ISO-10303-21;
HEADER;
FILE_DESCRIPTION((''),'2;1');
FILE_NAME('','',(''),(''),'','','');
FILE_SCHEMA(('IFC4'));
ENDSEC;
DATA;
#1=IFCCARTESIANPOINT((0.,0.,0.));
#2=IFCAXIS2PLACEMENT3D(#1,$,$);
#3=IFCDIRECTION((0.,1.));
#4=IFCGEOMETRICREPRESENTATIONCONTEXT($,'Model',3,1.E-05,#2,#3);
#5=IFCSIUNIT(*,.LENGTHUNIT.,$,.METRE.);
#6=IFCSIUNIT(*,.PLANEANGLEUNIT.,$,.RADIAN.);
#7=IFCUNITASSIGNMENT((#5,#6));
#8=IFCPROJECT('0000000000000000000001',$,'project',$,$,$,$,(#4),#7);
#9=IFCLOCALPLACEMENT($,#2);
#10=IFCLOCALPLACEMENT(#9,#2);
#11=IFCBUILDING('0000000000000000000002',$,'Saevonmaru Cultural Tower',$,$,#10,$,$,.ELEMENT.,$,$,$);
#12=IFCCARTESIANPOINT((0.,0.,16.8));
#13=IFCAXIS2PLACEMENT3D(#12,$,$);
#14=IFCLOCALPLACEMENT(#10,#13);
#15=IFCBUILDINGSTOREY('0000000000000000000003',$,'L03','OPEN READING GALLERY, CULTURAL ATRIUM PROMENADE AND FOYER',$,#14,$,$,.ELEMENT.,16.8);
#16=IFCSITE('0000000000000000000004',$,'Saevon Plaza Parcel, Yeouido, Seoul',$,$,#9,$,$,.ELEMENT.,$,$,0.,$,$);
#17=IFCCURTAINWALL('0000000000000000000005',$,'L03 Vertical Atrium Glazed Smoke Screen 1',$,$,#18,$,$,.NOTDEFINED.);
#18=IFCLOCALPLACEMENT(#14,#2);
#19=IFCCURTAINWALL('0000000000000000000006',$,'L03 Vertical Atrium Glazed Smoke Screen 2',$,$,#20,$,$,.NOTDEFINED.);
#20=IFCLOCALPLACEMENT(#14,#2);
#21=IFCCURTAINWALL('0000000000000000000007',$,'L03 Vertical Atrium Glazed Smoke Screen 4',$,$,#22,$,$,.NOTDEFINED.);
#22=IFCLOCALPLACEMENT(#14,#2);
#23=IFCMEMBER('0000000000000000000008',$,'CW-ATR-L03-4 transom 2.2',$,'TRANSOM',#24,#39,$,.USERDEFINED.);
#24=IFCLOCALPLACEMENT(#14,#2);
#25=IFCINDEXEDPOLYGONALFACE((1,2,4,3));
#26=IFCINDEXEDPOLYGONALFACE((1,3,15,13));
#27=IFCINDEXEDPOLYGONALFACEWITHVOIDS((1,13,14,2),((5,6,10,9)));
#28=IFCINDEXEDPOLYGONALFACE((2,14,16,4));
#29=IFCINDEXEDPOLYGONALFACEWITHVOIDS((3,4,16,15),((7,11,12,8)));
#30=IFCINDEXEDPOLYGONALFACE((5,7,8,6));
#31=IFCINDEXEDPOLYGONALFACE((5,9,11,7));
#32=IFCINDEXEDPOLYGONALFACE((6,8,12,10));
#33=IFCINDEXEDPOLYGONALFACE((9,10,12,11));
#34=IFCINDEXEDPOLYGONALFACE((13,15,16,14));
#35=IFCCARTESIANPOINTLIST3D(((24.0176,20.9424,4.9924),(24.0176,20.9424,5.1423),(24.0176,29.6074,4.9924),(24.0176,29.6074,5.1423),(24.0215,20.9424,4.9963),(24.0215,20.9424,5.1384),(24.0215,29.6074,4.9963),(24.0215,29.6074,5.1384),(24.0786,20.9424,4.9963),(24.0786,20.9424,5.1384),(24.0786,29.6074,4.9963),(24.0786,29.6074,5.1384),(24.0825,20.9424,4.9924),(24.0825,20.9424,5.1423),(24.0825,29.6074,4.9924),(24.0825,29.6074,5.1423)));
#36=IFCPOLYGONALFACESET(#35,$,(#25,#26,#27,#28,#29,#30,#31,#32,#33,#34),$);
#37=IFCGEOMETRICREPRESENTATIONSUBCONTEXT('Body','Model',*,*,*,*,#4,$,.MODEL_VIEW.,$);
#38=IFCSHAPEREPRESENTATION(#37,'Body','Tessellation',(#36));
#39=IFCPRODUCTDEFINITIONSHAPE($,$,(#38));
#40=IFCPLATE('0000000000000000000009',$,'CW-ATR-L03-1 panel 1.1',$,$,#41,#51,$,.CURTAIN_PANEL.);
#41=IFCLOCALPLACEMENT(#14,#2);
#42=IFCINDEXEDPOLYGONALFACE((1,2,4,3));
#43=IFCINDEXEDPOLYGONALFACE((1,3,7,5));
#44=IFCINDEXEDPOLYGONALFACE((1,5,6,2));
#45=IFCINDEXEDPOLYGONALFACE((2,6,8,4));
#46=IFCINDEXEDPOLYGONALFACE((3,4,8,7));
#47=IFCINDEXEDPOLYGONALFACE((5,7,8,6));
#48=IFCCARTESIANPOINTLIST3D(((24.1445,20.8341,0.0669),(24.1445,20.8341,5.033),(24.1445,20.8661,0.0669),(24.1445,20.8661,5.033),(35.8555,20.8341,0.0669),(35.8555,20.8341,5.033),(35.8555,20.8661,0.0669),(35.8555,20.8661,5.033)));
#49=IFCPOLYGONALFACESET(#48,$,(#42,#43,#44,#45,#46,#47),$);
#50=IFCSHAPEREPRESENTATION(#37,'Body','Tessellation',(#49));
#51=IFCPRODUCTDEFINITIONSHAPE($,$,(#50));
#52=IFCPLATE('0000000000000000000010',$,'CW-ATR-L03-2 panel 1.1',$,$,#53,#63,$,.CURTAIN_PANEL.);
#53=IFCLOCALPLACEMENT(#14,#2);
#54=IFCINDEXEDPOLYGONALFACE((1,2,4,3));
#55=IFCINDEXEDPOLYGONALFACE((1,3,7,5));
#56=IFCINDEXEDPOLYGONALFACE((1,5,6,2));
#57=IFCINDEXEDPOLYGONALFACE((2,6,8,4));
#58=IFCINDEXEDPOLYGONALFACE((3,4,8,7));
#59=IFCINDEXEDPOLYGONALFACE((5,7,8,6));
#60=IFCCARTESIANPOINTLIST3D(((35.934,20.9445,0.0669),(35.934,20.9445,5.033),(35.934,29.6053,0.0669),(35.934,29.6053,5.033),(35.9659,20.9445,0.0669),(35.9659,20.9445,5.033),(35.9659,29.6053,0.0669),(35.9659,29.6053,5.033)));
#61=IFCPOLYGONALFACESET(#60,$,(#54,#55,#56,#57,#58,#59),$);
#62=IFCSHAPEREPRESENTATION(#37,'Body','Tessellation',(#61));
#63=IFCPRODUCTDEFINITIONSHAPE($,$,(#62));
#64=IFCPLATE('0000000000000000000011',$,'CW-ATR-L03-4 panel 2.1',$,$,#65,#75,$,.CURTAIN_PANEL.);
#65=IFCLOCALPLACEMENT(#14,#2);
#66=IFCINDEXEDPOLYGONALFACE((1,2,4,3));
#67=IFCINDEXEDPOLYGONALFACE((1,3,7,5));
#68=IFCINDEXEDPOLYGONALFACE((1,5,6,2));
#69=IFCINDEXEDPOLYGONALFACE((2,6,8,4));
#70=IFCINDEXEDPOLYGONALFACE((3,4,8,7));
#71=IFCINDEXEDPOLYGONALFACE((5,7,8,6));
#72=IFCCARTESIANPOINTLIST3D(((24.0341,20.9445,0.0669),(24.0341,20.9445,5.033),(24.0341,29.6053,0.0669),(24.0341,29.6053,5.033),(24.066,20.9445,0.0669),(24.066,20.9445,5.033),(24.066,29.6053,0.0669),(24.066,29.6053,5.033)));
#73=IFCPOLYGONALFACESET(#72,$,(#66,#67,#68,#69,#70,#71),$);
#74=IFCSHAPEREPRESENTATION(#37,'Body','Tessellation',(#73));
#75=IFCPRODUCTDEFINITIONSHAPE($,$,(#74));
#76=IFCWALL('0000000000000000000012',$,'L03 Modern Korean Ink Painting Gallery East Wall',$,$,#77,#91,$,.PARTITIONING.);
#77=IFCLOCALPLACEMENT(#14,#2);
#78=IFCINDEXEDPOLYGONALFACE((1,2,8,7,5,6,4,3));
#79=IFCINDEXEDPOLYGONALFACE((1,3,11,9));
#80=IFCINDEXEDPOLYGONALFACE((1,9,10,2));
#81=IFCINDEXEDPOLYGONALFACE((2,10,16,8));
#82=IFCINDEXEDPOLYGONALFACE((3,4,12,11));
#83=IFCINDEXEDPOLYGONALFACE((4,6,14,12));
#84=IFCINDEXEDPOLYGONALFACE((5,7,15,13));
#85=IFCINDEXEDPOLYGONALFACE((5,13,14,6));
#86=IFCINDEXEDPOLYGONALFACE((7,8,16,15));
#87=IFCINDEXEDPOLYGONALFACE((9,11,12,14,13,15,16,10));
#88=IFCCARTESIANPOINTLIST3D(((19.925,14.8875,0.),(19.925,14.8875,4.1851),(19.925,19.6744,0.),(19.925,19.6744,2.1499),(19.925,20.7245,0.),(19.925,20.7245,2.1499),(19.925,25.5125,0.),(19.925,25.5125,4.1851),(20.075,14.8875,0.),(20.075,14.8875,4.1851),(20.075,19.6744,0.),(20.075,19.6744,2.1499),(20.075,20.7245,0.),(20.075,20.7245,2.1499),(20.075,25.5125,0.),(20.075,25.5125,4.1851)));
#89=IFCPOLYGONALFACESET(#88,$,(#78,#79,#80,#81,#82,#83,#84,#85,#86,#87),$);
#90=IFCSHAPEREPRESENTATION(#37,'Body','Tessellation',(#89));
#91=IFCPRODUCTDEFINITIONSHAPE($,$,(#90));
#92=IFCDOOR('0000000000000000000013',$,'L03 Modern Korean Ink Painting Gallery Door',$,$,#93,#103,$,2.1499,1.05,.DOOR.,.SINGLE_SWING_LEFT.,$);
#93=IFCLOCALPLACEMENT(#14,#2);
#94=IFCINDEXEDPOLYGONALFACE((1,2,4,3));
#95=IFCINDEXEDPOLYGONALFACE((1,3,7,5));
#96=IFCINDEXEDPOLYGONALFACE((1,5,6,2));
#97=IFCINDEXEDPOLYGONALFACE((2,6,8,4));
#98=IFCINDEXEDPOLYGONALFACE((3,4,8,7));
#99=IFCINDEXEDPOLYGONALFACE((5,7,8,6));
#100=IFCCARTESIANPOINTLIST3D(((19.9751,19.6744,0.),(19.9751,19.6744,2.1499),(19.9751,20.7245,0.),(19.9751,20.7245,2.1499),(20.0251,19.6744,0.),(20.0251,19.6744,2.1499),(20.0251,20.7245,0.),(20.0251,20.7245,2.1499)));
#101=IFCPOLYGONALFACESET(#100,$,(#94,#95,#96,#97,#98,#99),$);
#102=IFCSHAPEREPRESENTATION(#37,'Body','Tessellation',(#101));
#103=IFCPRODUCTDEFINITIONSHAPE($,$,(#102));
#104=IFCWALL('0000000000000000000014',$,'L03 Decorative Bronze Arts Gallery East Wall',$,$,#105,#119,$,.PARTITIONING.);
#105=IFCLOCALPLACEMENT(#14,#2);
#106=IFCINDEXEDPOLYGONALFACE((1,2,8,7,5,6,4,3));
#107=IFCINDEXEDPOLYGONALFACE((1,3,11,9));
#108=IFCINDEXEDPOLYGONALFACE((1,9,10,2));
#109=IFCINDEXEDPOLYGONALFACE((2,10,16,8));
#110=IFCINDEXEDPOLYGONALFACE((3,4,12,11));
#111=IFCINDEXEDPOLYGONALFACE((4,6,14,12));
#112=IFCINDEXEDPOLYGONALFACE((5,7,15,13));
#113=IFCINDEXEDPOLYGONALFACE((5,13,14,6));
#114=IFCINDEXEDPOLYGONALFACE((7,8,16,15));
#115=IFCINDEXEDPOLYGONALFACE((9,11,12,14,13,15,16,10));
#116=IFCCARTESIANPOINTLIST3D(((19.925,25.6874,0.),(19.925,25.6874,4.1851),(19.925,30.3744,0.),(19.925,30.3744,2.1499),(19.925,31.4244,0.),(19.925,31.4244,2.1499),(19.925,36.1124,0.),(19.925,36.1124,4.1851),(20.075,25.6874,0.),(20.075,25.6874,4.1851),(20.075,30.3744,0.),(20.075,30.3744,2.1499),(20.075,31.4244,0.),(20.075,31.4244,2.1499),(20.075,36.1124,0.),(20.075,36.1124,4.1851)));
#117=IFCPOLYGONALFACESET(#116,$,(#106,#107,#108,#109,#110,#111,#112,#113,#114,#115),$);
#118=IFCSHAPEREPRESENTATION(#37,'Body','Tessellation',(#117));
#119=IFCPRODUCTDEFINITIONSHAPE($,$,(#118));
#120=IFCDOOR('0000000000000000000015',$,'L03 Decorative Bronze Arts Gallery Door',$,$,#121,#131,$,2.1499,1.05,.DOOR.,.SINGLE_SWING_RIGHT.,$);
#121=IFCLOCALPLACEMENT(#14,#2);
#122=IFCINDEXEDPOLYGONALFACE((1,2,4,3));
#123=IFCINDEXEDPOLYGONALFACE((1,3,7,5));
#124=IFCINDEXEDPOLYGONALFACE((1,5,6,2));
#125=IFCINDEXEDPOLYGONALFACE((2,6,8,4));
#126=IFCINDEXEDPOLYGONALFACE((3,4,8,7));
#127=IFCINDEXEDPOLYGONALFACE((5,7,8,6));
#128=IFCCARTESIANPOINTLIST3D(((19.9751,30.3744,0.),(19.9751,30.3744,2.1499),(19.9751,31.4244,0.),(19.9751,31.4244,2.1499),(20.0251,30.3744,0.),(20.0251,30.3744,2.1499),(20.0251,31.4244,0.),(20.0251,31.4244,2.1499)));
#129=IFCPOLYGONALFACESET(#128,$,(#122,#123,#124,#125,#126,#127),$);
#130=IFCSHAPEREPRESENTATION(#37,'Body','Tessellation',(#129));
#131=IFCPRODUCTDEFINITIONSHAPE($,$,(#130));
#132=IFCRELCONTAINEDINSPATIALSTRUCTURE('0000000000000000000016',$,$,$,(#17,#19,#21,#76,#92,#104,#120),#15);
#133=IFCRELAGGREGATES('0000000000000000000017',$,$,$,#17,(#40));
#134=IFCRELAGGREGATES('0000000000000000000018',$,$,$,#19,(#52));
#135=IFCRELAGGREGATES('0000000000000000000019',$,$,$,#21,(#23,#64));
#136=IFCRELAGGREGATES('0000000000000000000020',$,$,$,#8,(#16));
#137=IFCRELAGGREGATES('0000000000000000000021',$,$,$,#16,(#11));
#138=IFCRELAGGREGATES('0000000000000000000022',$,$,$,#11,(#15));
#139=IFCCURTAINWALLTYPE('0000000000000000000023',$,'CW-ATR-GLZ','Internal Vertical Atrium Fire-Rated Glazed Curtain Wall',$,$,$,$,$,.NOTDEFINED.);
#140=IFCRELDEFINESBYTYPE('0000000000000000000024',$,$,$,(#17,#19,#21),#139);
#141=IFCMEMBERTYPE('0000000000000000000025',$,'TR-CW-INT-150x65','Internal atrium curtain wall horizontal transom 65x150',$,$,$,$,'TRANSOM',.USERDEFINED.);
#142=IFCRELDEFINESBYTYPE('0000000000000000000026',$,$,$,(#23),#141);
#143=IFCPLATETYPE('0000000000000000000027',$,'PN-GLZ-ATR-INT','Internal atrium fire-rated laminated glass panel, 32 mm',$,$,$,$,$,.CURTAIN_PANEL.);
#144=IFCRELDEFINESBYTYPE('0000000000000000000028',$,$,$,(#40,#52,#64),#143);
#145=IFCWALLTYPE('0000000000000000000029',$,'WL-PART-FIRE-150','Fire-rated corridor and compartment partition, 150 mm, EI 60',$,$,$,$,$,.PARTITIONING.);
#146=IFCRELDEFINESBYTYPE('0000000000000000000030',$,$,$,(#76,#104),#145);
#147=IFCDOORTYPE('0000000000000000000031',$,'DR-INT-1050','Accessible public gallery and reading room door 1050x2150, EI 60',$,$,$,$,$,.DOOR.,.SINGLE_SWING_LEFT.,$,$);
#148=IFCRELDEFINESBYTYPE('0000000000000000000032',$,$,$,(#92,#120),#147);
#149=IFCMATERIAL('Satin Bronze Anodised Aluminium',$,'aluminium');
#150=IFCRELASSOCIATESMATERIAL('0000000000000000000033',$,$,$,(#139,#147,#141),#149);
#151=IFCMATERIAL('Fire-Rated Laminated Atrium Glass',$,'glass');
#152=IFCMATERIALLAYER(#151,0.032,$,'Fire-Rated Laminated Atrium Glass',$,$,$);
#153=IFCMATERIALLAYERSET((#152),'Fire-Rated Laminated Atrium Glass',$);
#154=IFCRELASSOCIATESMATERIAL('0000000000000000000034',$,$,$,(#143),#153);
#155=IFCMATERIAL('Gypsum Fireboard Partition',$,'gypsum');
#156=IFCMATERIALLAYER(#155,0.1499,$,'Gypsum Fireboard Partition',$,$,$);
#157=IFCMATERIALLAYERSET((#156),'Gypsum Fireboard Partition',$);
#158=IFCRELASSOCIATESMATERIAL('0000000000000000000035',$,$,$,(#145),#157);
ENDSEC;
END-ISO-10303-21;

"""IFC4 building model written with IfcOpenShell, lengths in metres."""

from ifc_helpers import new_model, si_unit, direction, frame, frame_2d, origin, origin_2d, place, context, subcontext, project, spatial, rectangle, hollow_rectangle, extrude, material, layer, layer_set, material_profile, profile_set, type_object, element, fill, aggregate, save


model = new_model("IFC4")

# Units and contexts
model_context = context("Model", 3, precision=1e-05, world=origin(), true_north=direction((0.0, 1.0)))
body_context = subcontext(model_context, "Body", "Model", "MODEL_VIEW")
ifc_project = project(units=[si_unit("LENGTHUNIT", "METRE"), si_unit("PLANEANGLEUNIT", "RADIAN")], contexts=[model_context])

# Site, building, storey
site_placement = place(None, origin())
site = spatial("IfcSite", under=ifc_project, at=site_placement, Name="Saevon Plaza Parcel, Yeouido, Seoul", CompositionType="ELEMENT", RefElevation=0.0)
building_placement = place(site_placement, origin())
building = spatial("IfcBuilding", under=site, at=building_placement, Name="Saevonmaru Cultural Tower", CompositionType="ELEMENT")
storey_placement = place(building_placement, frame((0.0, 0.0, 16.8)))
storey = spatial("IfcBuildingStorey", under=building, at=storey_placement, Name="L03", Description="OPEN READING GALLERY, CULTURAL ATRIUM PROMENADE AND FOYER", CompositionType="ELEMENT", Elevation=16.8)

# Curtain walls
ifc_material_1 = material(Name="Satin Bronze Anodised Aluminium", Category="aluminium")
curtain_wall_type = type_object("IfcCurtainWallType", Name="CW-ATR-GLZ", Description="Internal Vertical Atrium Fire-Rated Glazed Curtain Wall", PredefinedType="NOTDEFINED", material=ifc_material_1)
curtain_wall_1_placement = place(storey_placement, origin())
curtain_wall_1 = element("IfcCurtainWall", 1, at=curtain_wall_1_placement, inside=storey, type_object=curtain_wall_type, Name="L03 Vertical Atrium Glazed Smoke Screen 1", PredefinedType="NOTDEFINED")
curtain_wall_2_placement = place(storey_placement, origin())
curtain_wall_2 = element("IfcCurtainWall", 2, at=curtain_wall_2_placement, inside=storey, type_object=curtain_wall_type, Name="L03 Vertical Atrium Glazed Smoke Screen 2", PredefinedType="NOTDEFINED")
curtain_wall_3_placement = place(storey_placement, origin())
curtain_wall_3 = element("IfcCurtainWall", 3, at=curtain_wall_3_placement, inside=storey, type_object=curtain_wall_type, Name="L03 Vertical Atrium Glazed Smoke Screen 4", PredefinedType="NOTDEFINED")

# Member
ifc_material_profile_1 = material_profile(ifc_material_1, hollow_rectangle(XDim=0.0649, YDim=0.1499, WallThickness=0.0039, at=origin_2d()), Name="ALU-TRAN-150x65x4")
ifc_profile_set_1 = profile_set([ifc_material_profile_1], Name="Satin Bronze Anodised Aluminium")
member_type_1 = type_object("IfcMemberType", Name="TR-CW-INT-150x65", Description="Internal atrium curtain wall horizontal transom 65x150", ElementType="TRANSOM", PredefinedType="USERDEFINED", material=ifc_profile_set_1)
member_1_placement = place(storey_placement, frame((24.05, 29.6074, 5.0674), z_axis=(0.0, -1.0, 0.0), x_axis=(1.0, 0.0, 0.0)))
member_1 = element("IfcMember", 4, at=member_1_placement, type_object=member_type_1, Name="CW-ATR-L03-4 transom 2.2", ObjectType="TRANSOM", PredefinedType="USERDEFINED", context=body_context, shape_type="SweptSolid", body=[
    extrude(hollow_rectangle(XDim=0.0649, YDim=0.1499, WallThickness=0.0039, at=origin_2d()), origin(), (0.0, 0.0, 1.0), 8.665),
])

# Plates
ifc_material_2 = material(Name="Fire-Rated Laminated Atrium Glass", Category="glass")
ifc_layer_1 = layer(ifc_material_2, 0.032, Name="Fire-Rated Laminated Atrium Glass")
ifc_layer_set_1 = layer_set([ifc_layer_1], Name="Fire-Rated Laminated Atrium Glass")
plate_type = type_object("IfcPlateType", Name="PN-GLZ-ATR-INT", Description="Internal atrium fire-rated laminated glass panel, 32 mm", PredefinedType="CURTAIN_PANEL", material=ifc_layer_set_1)
plate_1_placement = place(storey_placement, frame((30.0, 20.8501, 0.0669), z_axis=(0.0, 0.0, 1.0), x_axis=(1.0, 0.0, 0.0)))
plate_1 = element("IfcPlate", 5, at=plate_1_placement, type_object=plate_type, Name="CW-ATR-L03-1 panel 1.1", PredefinedType="CURTAIN_PANEL", context=body_context, shape_type="SweptSolid", body=[
    extrude(rectangle(XDim=11.7109, YDim=0.032, at=origin_2d()), origin(), (0.0, 0.0, 1.0), 4.9661),
])
aggregate(curtain_wall_1, [plate_1])
plate_2_placement = place(storey_placement, frame((35.95, 25.2749, 0.0669), z_axis=(0.0, 0.0, 1.0), x_axis=(0.0, 1.0, 0.0)))
plate_2 = element("IfcPlate", 6, at=plate_2_placement, type_object=plate_type, Name="CW-ATR-L03-2 panel 1.1", PredefinedType="CURTAIN_PANEL", context=body_context, shape_type="SweptSolid", body=[
    extrude(rectangle(XDim=8.6609, YDim=0.032, at=origin_2d()), origin(), (0.0, 0.0, 1.0), 4.9661),
])
aggregate(curtain_wall_2, [plate_2])
plate_3_placement = place(storey_placement, frame((24.05, 25.2749, 0.0669), z_axis=(0.0, 0.0, 1.0), x_axis=(0.0, -1.0, 0.0)))
plate_3 = element("IfcPlate", 7, at=plate_3_placement, type_object=plate_type, Name="CW-ATR-L03-4 panel 2.1", PredefinedType="CURTAIN_PANEL", context=body_context, shape_type="SweptSolid", body=[
    extrude(rectangle(XDim=8.6609, YDim=0.032, at=origin_2d()), origin(), (0.0, 0.0, 1.0), 4.9661),
])
aggregate(curtain_wall_3, [member_1, plate_3])

# Walls, openings, doors
ifc_material_3 = material(Name="Gypsum Fireboard Partition", Category="gypsum")
ifc_layer_2 = layer(ifc_material_3, 0.1499, Name="Gypsum Fireboard Partition")
ifc_layer_set_2 = layer_set([ifc_layer_2], Name="Gypsum Fireboard Partition")
wall_type = type_object("IfcWallType", Name="WL-PART-FIRE-150", Description="Fire-rated corridor and compartment partition, 150 mm, EI 60", PredefinedType="PARTITIONING", material=ifc_layer_set_2)
wall_1_placement = place(storey_placement, frame((20.0, 14.8875, 0.0), z_axis=(0.0, 0.0, 1.0), x_axis=(0.0, 1.0, 0.0)))
wall_1 = element("IfcWall", 8, at=wall_1_placement, inside=storey, type_object=wall_type, Name="L03 Modern Korean Ink Painting Gallery East Wall", PredefinedType="PARTITIONING", context=body_context, shape_type="SweptSolid", body=[
    extrude(rectangle(XDim=10.625, YDim=0.1499, at=frame_2d((5.3125, 0.0))), origin(), (0.0, 0.0, 1.0), 4.1851),
])
opening_1_placement = place(wall_1_placement, frame((4.7871, 0.0, 0.0)))
opening_1 = element("IfcOpeningElement", 9, at=opening_1_placement, cuts=wall_1, PredefinedType="OPENING", context=body_context, shape_type="SweptSolid", body=[
    extrude(rectangle(XDim=1.05, YDim=2.1499, at=frame_2d((0.5249, 1.075))), frame((0.0, 0.085, 0.0), z_axis=(0.0, -1.0, 0.0), x_axis=(1.0, 0.0, 0.0)), (0.0, 0.0, 1.0), 0.1699),
])
door_type = type_object("IfcDoorType", Name="DR-INT-1050", Description="Accessible public gallery and reading room door 1050x2150, EI 60", OperationType="SINGLE_SWING_LEFT", PredefinedType="DOOR", material=ifc_material_1)
door_1_placement = place(opening_1_placement, origin())
door_1 = element("IfcDoor", 10, at=door_1_placement, inside=storey, type_object=door_type, Name="L03 Modern Korean Ink Painting Gallery Door", OperationType="SINGLE_SWING_LEFT", OverallHeight=2.1499, OverallWidth=1.05, PredefinedType="DOOR", context=body_context, shape_type="SweptSolid", body=[
    extrude(rectangle(XDim=1.05, YDim=2.1499, at=frame_2d((0.5249, 1.075))), frame((0.0, 0.0249, 0.0), z_axis=(0.0, -1.0, 0.0), x_axis=(1.0, 0.0, 0.0)), (0.0, 0.0, 1.0), 0.05),
])
fill(opening_1, door_1)
wall_2_placement = place(storey_placement, frame((20.0, 25.6875, 0.0), z_axis=(0.0, 0.0, 1.0), x_axis=(0.0, 1.0, 0.0)))
wall_2 = element("IfcWall", 11, at=wall_2_placement, inside=storey, type_object=wall_type, Name="L03 Decorative Bronze Arts Gallery East Wall", PredefinedType="PARTITIONING", context=body_context, shape_type="SweptSolid", body=[
    extrude(rectangle(XDim=10.425, YDim=0.1499, at=frame_2d((5.2124, 0.0))), origin(), (0.0, 0.0, 1.0), 4.1851),
])
opening_2_placement = place(wall_2_placement, frame((4.687, 0.0, 0.0)))
opening_2 = element("IfcOpeningElement", 12, at=opening_2_placement, cuts=wall_2, PredefinedType="OPENING", context=body_context, shape_type="SweptSolid", body=[
    extrude(rectangle(XDim=1.05, YDim=2.1499, at=frame_2d((0.5249, 1.075))), frame((0.0, 0.085, 0.0), z_axis=(0.0, -1.0, 0.0), x_axis=(1.0, 0.0, 0.0)), (0.0, 0.0, 1.0), 0.1699),
])
door_2_placement = place(opening_2_placement, origin())
door_2 = element("IfcDoor", 13, at=door_2_placement, inside=storey, type_object=door_type, Name="L03 Decorative Bronze Arts Gallery Door", OperationType="SINGLE_SWING_RIGHT", OverallHeight=2.1499, OverallWidth=1.05, PredefinedType="DOOR", context=body_context, shape_type="SweptSolid", body=[
    extrude(rectangle(XDim=1.05, YDim=2.1499, at=frame_2d((0.5249, 1.075))), frame((0.0, 0.0249, 0.0), z_axis=(0.0, -1.0, 0.0), x_axis=(1.0, 0.0, 0.0)), (0.0, 0.0, 1.0), 0.05),
])
fill(opening_2, door_2)

save(model, "model.ifc")
